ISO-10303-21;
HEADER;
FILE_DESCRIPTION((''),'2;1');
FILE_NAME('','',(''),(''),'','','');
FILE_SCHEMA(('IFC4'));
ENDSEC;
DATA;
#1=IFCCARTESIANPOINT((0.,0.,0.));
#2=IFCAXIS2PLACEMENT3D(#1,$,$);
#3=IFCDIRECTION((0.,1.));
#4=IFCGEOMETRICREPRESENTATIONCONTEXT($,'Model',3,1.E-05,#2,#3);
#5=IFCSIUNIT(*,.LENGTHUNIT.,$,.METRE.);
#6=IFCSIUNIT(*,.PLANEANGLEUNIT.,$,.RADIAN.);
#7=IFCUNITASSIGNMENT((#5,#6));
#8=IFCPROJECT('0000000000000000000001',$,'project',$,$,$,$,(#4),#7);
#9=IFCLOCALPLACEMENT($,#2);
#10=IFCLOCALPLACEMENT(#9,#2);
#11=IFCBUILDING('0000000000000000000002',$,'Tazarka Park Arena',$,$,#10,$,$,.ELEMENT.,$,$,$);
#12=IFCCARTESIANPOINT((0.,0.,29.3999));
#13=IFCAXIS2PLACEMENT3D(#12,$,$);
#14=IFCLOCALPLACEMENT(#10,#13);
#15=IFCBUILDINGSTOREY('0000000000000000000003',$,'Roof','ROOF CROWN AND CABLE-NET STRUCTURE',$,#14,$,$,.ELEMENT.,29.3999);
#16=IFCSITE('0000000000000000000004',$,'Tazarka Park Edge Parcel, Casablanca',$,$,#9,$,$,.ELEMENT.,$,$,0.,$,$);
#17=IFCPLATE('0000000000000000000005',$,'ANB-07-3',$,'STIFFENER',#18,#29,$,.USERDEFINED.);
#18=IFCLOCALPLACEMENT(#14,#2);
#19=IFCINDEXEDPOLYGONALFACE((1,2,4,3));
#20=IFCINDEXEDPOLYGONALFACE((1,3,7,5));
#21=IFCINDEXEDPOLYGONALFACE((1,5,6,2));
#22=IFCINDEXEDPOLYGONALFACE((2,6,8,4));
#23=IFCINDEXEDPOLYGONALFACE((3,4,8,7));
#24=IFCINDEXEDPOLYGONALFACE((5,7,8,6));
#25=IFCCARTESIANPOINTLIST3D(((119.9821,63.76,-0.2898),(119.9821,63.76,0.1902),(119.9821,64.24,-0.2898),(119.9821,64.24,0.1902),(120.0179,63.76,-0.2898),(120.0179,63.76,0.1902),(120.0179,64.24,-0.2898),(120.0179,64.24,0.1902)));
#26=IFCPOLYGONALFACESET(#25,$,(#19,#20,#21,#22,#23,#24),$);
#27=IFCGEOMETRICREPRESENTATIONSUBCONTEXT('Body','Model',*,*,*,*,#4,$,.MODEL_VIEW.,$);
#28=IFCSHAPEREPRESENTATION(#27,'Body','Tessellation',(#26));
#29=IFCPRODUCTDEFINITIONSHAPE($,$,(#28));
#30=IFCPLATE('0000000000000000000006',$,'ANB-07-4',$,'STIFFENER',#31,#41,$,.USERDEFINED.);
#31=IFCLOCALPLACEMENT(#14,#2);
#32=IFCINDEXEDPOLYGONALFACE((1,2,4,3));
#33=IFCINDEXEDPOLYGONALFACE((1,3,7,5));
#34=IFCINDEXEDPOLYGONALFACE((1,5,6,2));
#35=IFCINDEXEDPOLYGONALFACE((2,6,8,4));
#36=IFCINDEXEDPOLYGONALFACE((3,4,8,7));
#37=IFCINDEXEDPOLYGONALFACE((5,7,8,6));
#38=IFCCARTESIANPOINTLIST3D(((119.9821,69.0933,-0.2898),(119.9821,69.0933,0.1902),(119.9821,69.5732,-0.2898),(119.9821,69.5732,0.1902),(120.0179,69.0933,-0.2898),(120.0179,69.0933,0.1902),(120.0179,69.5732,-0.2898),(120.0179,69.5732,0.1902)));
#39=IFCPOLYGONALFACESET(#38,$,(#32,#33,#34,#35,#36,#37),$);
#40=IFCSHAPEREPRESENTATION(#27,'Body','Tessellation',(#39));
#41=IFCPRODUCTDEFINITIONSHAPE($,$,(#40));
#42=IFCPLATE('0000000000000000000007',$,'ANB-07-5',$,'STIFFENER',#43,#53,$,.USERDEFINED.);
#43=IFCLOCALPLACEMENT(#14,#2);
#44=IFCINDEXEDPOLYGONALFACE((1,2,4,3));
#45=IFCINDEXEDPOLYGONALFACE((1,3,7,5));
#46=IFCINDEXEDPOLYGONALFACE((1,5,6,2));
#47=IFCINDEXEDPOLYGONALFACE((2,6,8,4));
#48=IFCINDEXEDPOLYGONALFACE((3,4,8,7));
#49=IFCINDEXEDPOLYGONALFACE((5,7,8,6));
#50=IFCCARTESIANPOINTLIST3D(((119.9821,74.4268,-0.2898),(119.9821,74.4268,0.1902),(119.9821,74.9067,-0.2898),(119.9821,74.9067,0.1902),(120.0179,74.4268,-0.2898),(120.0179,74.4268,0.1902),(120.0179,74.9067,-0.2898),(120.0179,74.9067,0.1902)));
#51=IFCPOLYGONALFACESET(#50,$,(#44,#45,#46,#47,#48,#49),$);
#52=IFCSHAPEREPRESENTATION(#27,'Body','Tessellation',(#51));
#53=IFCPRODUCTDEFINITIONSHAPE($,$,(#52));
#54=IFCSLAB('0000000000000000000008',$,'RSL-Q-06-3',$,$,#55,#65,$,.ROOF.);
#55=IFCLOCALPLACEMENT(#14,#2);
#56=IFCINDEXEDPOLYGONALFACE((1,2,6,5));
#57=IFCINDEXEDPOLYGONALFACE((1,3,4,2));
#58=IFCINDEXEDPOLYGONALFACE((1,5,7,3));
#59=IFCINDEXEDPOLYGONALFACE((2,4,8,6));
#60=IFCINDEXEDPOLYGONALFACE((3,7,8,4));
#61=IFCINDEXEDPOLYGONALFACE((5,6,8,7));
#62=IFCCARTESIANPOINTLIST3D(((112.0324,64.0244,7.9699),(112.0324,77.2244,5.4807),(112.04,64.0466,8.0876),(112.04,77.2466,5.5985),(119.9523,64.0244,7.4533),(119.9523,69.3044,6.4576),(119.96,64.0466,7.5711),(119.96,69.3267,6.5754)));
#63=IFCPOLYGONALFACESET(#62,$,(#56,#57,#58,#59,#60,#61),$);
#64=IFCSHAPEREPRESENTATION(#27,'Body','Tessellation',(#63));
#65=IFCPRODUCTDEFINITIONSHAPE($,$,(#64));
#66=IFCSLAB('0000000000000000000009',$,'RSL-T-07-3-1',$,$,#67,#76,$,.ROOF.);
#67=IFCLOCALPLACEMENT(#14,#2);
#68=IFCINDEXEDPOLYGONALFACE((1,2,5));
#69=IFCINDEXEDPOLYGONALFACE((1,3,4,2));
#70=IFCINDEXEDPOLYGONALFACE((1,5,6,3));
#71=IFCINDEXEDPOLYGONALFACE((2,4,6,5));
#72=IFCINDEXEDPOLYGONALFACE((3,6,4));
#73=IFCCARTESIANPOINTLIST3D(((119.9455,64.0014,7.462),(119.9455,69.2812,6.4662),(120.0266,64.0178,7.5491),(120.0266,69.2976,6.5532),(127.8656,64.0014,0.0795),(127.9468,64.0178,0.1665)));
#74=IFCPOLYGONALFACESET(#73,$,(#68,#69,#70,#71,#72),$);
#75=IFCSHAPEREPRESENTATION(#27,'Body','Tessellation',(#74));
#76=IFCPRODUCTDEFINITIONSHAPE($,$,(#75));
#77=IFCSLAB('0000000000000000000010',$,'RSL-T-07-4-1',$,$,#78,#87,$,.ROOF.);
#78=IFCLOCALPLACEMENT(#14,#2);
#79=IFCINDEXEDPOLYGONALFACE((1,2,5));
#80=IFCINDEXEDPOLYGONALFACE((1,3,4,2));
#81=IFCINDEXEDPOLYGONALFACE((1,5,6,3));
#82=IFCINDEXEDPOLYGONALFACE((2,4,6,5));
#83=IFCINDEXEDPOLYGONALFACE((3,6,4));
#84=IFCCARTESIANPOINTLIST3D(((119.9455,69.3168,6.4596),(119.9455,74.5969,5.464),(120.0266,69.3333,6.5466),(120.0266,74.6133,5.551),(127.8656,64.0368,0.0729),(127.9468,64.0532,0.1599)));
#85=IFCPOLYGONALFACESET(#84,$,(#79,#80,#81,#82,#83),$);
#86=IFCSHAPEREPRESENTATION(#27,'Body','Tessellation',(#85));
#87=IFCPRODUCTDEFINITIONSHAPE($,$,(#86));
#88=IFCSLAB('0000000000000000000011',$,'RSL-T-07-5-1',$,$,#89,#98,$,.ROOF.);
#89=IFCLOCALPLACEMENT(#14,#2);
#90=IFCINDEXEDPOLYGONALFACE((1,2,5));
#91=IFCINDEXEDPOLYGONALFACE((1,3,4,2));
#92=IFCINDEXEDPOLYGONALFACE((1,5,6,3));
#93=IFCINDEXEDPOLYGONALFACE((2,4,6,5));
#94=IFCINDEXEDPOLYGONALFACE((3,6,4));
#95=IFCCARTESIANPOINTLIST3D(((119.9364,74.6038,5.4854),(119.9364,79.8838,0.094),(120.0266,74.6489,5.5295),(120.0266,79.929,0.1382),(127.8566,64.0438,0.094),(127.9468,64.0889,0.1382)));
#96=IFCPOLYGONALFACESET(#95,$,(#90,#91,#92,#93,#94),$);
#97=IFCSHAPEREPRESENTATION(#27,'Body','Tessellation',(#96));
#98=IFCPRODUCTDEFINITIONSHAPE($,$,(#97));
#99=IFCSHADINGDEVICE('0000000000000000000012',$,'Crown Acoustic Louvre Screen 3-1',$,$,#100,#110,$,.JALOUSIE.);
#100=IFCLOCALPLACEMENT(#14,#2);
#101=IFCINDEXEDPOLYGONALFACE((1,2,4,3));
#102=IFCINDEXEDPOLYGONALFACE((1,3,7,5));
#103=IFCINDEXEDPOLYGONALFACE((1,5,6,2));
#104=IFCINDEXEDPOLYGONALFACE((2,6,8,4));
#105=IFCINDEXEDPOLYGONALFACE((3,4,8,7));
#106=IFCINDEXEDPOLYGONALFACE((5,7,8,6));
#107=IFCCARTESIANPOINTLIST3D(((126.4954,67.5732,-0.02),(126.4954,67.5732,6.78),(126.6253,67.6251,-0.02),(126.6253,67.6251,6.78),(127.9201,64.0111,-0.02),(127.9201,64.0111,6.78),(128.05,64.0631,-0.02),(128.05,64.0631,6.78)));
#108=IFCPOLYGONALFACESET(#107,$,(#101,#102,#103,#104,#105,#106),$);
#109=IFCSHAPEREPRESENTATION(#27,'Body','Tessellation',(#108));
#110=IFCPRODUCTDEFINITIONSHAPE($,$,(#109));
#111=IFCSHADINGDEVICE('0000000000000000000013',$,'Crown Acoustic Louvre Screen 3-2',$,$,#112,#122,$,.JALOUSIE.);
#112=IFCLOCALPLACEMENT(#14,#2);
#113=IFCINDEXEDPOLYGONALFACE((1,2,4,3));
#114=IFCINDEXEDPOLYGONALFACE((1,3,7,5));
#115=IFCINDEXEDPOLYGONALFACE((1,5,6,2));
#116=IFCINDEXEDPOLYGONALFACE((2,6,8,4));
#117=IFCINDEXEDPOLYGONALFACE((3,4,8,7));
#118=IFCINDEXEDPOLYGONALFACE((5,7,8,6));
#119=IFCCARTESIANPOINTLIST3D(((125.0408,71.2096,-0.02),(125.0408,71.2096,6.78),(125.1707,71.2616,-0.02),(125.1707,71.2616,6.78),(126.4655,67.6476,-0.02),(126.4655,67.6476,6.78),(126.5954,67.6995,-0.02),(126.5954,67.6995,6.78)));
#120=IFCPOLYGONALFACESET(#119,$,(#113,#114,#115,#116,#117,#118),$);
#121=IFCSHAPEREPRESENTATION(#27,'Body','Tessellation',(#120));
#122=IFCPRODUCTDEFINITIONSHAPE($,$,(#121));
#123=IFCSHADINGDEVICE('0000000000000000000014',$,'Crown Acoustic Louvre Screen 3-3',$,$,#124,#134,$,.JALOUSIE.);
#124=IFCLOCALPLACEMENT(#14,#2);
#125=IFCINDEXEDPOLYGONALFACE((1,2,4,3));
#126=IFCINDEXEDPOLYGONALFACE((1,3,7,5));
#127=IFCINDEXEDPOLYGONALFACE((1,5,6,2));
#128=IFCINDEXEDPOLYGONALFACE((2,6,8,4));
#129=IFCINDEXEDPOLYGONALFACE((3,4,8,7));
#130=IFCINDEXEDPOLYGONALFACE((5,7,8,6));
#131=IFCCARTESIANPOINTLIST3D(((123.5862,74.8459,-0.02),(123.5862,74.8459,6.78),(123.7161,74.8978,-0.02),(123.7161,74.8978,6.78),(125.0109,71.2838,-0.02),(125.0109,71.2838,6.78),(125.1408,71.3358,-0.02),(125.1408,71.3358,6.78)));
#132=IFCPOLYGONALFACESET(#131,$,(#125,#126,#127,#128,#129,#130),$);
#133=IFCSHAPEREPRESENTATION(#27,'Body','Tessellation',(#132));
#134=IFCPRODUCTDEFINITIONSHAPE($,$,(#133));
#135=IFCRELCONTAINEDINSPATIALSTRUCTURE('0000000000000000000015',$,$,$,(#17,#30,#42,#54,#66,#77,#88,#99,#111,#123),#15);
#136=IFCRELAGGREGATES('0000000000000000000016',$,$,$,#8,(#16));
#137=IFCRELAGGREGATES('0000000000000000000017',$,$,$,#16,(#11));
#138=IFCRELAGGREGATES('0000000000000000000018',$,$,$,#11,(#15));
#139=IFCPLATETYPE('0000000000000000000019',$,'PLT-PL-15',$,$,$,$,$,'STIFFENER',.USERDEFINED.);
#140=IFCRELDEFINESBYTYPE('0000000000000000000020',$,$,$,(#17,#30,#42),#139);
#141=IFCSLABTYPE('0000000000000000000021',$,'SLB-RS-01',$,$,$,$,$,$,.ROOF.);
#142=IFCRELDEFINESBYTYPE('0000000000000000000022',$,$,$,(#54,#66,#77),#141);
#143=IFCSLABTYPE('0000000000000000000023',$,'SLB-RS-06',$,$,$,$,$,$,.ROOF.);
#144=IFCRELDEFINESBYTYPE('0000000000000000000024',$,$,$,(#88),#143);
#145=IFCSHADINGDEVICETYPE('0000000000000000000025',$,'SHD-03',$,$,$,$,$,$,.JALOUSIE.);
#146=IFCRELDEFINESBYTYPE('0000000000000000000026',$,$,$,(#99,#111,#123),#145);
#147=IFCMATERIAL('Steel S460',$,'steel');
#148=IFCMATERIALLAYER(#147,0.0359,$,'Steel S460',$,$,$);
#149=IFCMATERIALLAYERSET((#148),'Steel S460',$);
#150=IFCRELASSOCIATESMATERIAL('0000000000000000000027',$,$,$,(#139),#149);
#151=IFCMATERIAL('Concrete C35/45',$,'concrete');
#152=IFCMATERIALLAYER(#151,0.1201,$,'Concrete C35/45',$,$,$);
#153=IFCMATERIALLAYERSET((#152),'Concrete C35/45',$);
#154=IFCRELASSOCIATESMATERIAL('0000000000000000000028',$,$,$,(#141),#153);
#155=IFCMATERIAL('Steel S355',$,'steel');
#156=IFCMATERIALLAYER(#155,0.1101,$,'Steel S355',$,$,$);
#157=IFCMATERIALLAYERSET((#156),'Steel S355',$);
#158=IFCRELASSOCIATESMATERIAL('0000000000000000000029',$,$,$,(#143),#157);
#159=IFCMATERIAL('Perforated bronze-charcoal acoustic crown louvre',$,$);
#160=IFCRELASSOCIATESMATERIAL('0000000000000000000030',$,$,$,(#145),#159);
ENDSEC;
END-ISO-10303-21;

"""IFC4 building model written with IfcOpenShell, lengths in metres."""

from ifc_helpers import new_model, si_unit, direction, frame, origin, origin_2d, place, context, subcontext, project, spatial, polyline, rectangle, outline, extrude, material, layer, layer_set, type_object, element, save


model = new_model("IFC4")

# Units and contexts
model_context = context("Model", 3, precision=1e-05, world=origin(), true_north=direction((0.0, 1.0)))
body_context = subcontext(model_context, "Body", "Model", "MODEL_VIEW")
ifc_project = project(units=[si_unit("LENGTHUNIT", "METRE"), si_unit("PLANEANGLEUNIT", "RADIAN")], contexts=[model_context])

# Site, building, storey
site_placement = place(None, origin())
site = spatial("IfcSite", under=ifc_project, at=site_placement, Name="Tazarka Park Edge Parcel, Casablanca", CompositionType="ELEMENT", RefElevation=0.0)
building_placement = place(site_placement, origin())
building = spatial("IfcBuilding", under=site, at=building_placement, Name="Tazarka Park Arena", CompositionType="ELEMENT")
storey_placement = place(building_placement, frame((0.0, 0.0, 29.3999)))
storey = spatial("IfcBuildingStorey", under=building, at=storey_placement, Name="Roof", Description="ROOF CROWN AND CABLE-NET STRUCTURE", CompositionType="ELEMENT", Elevation=29.3999)

# Plates
ifc_material_1 = material(Name="Steel S460", Category="steel")
ifc_layer_1 = layer(ifc_material_1, 0.0359, Name="Steel S460")
ifc_layer_set_1 = layer_set([ifc_layer_1], Name="Steel S460")
plate_type_1 = type_object("IfcPlateType", Name="PLT-PL-15", ElementType="STIFFENER", PredefinedType="USERDEFINED", material=ifc_layer_set_1)
for number, where, z_axis, x_axis, name in (
    (1, (120.0, 64.0, -0.2898), (0.0, 0.0, 1.0), (1.0, 0.0, 0.0), "ANB-07-3"),
    (2, (120.0, 69.3333, -0.2898), (0.0, 0.0, 1.0), (1.0, 0.0, 0.0), "ANB-07-4"),
    (3, (120.0, 74.6667, -0.2898), (0.0, 0.0, 1.0), (1.0, 0.0, 0.0), "ANB-07-5"),
):
    element("IfcPlate", number, at=place(storey_placement, frame(where, z_axis=z_axis, x_axis=x_axis)), inside=storey, type_object=plate_type_1, Name=name, ObjectType="STIFFENER", PredefinedType="USERDEFINED", context=body_context, shape_type="SweptSolid", body=[
        extrude(rectangle(XDim=0.0359, YDim=0.48, at=origin_2d()), origin(), (0.0, 0.0, 1.0), 0.48),
    ])

# Slabs
ifc_material_2 = material(Name="Concrete C35/45", Category="concrete")
ifc_layer_2 = layer(ifc_material_2, 0.1201, Name="Concrete C35/45")
ifc_layer_set_2 = layer_set([ifc_layer_2], Name="Concrete C35/45")
slab_type_1 = type_object("IfcSlabType", Name="SLB-RS-01", PredefinedType="ROOF", material=ifc_layer_set_2)
slab_1_placement = place(storey_placement, frame((112.04, 64.0466, 8.0876), z_axis=(0.063958, 0.18493, 0.980668), x_axis=(0.99788, 0.000002, -0.065081)))
element("IfcSlab", 4, at=slab_1_placement, inside=storey, type_object=slab_type_1, Name="RSL-Q-06-3", PredefinedType="ROOF", context=body_context, shape_type="SweptSolid", body=[
    extrude(outline(polyline([(0.0, 0.0), (7.9368, 0.0), (8.0016, 5.3727), (0.162, 13.4316), (0.0, 0.0)])), origin(), (0.0, 0.0, -1.0), 0.1201),
])
slab_2_placement = place(storey_placement, frame((120.0266, 64.0178, 7.5491), z_axis=(0.675446, 0.136677, 0.724632), x_axis=(0.731497, 0.0, -0.681845)))
element("IfcSlab", 5, at=slab_2_placement, inside=storey, type_object=slab_type_1, Name="RSL-T-07-3-1", PredefinedType="ROOF", context=body_context, shape_type="SweptSolid", body=[
    extrude(outline(polyline([(0.0, 0.0), (10.8273, 0.0), (0.679, 5.3298), (0.0, 0.0)])), origin(), (0.0, 0.0, -1.0), 0.1201),
])
slab_3_placement = place(storey_placement, frame((120.0266, 69.3333, 6.5466), z_axis=(0.675438, 0.13664, 0.724647), x_axis=(0.69094, -0.460619, -0.557165)))
element("IfcSlab", 6, at=slab_3_placement, inside=storey, type_object=slab_type_1, Name="RSL-T-07-4-1", PredefinedType="ROOF", context=body_context, shape_type="SweptSolid", body=[
    extrude(outline(polyline([(0.0, 0.0), (11.4629, 0.0), (-1.8774, 5.0344), (0.0, 0.0)])), origin(), (0.0, 0.0, -1.0), 0.1201),
])
ifc_material_3 = material(Name="Steel S355", Category="steel")
ifc_layer_3 = layer(ifc_material_3, 0.1101, Name="Steel S355")
ifc_layer_set_3 = layer_set([ifc_layer_3], Name="Steel S355")
slab_type_2 = type_object("IfcSlabType", Name="SLB-RS-06", PredefinedType="ROOF", material=ifc_layer_set_3)
slab_4_placement = place(storey_placement, frame((120.0266, 74.6489, 5.5295), z_axis=(0.819288, 0.40965, 0.401191), x_axis=(0.555462, -0.740604, -0.37811)))
element("IfcSlab", 7, at=slab_4_placement, inside=storey, type_object=slab_type_2, Name="RSL-T-07-5-1", PredefinedType="ROOF", context=body_context, shape_type="SweptSolid", body=[
    extrude(outline(polyline([(0.0, 0.0), (14.2587, 0.0), (-1.8719, 7.3104), (0.0, 0.0)])), origin(), (0.0, 0.0, -1.0), 0.1101),
])

# Shading devices
ifc_material_4 = material(Name="Perforated bronze-charcoal acoustic crown louvre")
shading_device_type = type_object("IfcShadingDeviceType", Name="SHD-03", PredefinedType="JALOUSIE", material=ifc_material_4)
for number, where, z_axis, x_axis, name in (
    (8, (127.2727, 65.8181, -0.02), (0.0, 0.0, 1.0), (-0.371368, 0.928486, 0.0), "Crown Acoustic Louvre Screen 3-1"),
    (9, (125.8181, 69.4546, -0.02), (0.0, 0.0, 1.0), (-0.371368, 0.928486, 0.0), "Crown Acoustic Louvre Screen 3-2"),
    (10, (124.3635, 73.0908, -0.02), (0.0, 0.0, 1.0), (-0.371368, 0.928486, 0.0), "Crown Acoustic Louvre Screen 3-3"),
):
    element("IfcShadingDevice", number, at=place(storey_placement, frame(where, z_axis=z_axis, x_axis=x_axis)), inside=storey, type_object=shading_device_type, Name=name, PredefinedType="JALOUSIE", context=body_context, shape_type="SweptSolid", body=[
        extrude(rectangle(XDim=3.8364, YDim=0.1399, at=origin_2d()), origin(), (0.0, 0.0, 1.0), 6.8),
    ])

save(model, "model.ifc")
